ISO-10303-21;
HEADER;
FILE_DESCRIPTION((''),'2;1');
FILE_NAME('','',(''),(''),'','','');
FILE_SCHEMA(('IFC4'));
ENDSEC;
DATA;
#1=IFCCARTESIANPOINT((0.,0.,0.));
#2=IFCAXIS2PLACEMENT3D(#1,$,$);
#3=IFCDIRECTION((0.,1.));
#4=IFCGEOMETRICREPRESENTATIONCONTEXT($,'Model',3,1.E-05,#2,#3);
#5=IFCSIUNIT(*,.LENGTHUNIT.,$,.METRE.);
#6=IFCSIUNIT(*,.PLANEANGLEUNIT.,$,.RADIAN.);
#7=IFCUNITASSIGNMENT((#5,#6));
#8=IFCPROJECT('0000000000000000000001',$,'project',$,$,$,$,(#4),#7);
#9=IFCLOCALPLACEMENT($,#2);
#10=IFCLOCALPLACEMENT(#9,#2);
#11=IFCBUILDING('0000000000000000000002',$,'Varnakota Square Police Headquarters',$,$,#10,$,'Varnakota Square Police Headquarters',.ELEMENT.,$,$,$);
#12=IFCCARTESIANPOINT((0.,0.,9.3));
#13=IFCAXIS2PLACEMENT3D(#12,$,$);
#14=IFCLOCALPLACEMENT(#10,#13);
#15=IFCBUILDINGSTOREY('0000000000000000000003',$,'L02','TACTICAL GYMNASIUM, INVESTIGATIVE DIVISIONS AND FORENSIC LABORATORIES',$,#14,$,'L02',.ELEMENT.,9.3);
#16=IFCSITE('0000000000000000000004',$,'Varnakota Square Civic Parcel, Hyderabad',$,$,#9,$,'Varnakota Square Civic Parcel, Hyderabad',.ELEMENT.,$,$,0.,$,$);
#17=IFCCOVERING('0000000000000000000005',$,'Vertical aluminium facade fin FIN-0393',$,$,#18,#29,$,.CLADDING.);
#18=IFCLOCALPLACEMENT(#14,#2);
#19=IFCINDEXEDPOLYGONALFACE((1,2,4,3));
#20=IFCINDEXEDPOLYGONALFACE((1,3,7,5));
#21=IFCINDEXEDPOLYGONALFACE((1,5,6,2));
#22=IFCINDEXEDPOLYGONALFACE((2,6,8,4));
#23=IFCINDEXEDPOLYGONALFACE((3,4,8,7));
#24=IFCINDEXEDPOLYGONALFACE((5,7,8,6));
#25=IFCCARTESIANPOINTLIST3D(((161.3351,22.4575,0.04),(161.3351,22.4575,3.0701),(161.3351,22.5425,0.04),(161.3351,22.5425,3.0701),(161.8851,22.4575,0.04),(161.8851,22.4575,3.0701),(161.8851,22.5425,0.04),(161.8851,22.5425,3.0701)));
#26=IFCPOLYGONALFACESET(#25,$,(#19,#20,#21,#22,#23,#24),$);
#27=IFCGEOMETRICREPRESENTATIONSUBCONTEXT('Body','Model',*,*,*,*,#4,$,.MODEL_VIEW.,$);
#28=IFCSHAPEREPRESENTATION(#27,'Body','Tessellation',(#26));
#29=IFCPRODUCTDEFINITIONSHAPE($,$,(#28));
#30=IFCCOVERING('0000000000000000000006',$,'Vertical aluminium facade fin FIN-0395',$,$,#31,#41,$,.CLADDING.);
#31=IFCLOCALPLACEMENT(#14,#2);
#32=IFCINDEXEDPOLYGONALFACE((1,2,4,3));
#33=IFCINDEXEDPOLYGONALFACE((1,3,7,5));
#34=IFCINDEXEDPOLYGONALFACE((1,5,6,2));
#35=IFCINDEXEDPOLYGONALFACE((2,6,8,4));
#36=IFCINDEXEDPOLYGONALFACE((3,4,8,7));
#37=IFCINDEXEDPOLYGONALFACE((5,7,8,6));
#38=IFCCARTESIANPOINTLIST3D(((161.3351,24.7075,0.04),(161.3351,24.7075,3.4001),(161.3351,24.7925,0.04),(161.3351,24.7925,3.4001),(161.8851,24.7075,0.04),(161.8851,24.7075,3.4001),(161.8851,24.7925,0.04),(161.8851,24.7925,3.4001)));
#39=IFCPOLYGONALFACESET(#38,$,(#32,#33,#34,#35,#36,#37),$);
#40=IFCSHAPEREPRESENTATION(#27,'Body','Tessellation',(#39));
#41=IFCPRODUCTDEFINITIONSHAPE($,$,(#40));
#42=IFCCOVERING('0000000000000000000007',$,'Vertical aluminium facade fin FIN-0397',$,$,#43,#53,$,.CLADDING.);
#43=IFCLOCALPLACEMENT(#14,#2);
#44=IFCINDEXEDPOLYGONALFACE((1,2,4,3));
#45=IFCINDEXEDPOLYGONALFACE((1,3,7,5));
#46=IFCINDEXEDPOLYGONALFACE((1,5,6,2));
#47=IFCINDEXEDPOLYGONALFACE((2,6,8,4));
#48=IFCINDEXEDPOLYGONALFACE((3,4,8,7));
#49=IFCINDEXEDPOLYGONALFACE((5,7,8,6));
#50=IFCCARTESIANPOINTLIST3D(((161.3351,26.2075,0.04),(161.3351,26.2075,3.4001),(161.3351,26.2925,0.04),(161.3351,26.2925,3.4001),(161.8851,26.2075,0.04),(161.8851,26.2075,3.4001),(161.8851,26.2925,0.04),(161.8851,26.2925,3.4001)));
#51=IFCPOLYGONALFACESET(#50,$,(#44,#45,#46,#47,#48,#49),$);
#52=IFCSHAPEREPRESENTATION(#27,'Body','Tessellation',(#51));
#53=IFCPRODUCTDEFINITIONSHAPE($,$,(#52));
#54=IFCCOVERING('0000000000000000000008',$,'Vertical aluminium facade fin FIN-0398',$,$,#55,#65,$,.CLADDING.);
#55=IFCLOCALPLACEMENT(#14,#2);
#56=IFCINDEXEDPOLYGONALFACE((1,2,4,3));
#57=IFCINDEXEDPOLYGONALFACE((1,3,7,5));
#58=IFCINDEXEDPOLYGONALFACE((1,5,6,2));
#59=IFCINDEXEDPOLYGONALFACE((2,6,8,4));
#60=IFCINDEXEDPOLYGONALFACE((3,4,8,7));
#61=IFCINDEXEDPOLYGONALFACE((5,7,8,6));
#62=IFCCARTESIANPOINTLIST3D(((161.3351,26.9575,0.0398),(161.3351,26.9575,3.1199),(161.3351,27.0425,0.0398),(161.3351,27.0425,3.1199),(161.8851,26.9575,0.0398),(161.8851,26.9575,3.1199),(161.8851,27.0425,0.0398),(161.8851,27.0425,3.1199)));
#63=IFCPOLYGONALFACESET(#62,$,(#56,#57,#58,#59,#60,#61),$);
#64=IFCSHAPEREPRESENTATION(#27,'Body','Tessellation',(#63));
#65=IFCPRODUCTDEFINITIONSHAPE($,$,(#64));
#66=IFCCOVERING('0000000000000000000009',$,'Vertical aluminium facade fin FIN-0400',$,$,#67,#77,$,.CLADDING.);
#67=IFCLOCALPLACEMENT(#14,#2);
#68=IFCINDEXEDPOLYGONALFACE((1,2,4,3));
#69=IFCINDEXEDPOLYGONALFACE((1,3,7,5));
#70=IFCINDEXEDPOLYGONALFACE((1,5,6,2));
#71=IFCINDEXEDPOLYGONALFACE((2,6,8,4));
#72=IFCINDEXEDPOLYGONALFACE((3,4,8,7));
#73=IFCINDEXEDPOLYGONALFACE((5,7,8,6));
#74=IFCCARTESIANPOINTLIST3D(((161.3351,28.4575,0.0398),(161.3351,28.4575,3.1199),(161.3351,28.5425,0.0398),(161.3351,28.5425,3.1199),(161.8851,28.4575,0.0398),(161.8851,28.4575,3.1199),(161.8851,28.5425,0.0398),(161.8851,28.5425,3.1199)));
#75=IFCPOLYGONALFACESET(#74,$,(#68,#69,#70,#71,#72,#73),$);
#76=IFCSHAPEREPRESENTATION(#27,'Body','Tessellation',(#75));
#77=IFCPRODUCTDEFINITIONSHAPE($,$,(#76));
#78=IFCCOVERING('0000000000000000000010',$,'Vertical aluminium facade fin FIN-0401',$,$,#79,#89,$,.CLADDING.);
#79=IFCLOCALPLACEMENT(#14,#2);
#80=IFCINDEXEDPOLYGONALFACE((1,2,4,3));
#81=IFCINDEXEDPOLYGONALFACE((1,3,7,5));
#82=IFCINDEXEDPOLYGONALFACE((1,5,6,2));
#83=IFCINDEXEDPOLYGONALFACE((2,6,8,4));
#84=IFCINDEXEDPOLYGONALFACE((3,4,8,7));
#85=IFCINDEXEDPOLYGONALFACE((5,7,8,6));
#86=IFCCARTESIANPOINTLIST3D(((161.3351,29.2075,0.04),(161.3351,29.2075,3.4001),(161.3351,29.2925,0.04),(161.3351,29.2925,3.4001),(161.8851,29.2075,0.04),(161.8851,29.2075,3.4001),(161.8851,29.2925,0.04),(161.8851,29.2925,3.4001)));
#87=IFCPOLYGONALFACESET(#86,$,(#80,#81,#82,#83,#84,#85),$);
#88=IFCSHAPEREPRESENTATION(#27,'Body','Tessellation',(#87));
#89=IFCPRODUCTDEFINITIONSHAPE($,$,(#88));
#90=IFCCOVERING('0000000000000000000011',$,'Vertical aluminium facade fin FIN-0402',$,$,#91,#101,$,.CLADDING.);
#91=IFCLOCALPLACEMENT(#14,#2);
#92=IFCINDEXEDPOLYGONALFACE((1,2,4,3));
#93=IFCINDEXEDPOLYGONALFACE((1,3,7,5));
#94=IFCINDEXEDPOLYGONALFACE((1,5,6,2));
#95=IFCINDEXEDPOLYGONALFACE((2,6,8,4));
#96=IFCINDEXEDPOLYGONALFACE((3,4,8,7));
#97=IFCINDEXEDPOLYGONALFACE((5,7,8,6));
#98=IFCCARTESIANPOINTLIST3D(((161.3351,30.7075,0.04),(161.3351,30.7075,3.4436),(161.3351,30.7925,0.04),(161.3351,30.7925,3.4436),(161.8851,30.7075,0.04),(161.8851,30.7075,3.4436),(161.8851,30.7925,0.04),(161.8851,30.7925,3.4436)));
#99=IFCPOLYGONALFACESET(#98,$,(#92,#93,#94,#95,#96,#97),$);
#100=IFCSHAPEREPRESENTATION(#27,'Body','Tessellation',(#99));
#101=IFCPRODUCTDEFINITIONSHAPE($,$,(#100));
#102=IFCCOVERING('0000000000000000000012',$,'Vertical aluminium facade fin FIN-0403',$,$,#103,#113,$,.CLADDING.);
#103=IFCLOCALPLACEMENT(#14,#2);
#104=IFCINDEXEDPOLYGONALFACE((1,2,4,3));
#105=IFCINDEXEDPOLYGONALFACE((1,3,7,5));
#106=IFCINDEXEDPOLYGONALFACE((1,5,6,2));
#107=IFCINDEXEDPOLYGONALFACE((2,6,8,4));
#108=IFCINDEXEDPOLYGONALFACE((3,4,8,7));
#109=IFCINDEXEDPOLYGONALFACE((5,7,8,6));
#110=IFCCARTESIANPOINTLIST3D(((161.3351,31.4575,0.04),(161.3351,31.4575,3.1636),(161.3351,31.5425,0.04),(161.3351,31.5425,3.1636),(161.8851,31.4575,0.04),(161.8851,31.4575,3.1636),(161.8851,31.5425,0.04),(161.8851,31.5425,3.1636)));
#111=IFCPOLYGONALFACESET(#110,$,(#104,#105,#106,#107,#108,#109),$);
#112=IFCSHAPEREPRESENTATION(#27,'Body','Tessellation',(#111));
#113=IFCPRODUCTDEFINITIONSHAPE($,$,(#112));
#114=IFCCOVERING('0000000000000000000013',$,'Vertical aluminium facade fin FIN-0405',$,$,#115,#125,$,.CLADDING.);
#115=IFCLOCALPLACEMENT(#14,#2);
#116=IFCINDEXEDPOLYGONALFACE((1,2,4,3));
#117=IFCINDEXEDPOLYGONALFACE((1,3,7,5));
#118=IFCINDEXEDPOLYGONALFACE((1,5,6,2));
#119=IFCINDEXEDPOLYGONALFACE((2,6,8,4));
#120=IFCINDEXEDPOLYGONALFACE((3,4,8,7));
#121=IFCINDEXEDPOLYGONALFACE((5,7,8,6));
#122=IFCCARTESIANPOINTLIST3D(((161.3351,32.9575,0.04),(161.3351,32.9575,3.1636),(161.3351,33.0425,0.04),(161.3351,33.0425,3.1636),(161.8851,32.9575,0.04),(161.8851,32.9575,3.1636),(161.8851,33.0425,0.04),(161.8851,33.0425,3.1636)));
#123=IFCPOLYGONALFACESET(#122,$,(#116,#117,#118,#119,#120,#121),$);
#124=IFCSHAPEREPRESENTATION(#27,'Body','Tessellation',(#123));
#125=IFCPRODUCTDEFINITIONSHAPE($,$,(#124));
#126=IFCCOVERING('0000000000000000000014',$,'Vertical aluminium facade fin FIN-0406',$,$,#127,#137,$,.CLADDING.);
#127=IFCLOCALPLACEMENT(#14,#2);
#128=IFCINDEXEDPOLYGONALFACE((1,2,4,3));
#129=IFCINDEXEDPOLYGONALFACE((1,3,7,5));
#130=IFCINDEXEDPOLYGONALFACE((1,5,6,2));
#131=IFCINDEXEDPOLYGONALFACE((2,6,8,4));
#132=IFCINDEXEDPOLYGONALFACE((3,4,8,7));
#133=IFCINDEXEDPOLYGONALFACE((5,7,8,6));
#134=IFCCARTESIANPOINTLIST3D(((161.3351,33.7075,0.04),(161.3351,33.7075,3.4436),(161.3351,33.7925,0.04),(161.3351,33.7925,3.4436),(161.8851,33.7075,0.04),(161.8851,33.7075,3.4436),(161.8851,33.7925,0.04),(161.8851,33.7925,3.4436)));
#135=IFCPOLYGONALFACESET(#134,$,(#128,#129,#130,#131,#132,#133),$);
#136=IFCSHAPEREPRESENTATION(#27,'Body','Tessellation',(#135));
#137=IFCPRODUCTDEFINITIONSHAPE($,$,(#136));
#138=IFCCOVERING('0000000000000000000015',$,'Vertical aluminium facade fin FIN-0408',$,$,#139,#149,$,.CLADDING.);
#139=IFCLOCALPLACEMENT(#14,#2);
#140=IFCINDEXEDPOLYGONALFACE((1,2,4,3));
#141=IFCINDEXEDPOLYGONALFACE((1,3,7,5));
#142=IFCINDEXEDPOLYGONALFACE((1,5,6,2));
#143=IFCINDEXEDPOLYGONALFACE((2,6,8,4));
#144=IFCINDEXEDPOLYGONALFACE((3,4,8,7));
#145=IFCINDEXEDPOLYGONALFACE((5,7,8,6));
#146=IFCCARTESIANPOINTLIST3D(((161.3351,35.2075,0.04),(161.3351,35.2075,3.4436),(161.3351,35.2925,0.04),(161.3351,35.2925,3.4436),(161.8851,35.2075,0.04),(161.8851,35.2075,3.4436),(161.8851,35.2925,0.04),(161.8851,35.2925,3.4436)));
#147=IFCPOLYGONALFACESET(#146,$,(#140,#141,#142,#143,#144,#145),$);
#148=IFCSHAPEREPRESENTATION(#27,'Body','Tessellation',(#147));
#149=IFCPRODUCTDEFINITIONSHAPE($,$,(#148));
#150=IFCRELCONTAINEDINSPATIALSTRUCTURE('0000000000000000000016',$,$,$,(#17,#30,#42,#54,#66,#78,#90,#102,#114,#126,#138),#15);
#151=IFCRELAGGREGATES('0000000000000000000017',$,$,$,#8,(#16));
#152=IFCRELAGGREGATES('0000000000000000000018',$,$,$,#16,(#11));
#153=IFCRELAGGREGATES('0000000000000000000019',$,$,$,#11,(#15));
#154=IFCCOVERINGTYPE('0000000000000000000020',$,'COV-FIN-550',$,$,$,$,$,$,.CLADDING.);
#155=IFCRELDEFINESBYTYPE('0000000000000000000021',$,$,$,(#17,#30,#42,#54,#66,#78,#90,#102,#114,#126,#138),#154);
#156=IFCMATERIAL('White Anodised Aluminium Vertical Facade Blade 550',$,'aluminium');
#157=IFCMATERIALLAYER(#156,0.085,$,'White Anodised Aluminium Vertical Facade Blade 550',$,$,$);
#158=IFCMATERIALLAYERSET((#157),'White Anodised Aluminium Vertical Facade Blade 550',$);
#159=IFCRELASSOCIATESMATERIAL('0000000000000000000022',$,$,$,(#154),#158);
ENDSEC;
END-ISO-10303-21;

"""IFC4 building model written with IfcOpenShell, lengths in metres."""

from ifc_helpers import new_model, si_unit, direction, frame, origin, origin_2d, place, context, subcontext, project, spatial, rectangle, extrude, material, layer, layer_set, type_object, element, save


model = new_model("IFC4")

# Units and contexts
model_context = context("Model", 3, precision=1e-05, world=origin(), true_north=direction((0.0, 1.0)))
body_context = subcontext(model_context, "Body", "Model", "MODEL_VIEW")
ifc_project = project(units=[si_unit("LENGTHUNIT", "METRE"), si_unit("PLANEANGLEUNIT", "RADIAN")], contexts=[model_context])

# Site, building, storey
site_placement = place(None, origin())
site = spatial("IfcSite", under=ifc_project, at=site_placement, Name="Varnakota Square Civic Parcel, Hyderabad", LongName="Varnakota Square Civic Parcel, Hyderabad", CompositionType="ELEMENT", RefElevation=0.0)
building_placement = place(site_placement, origin())
building = spatial("IfcBuilding", under=site, at=building_placement, Name="Varnakota Square Police Headquarters", LongName="Varnakota Square Police Headquarters", CompositionType="ELEMENT")
storey_placement = place(building_placement, frame((0.0, 0.0, 9.3)))
storey = spatial("IfcBuildingStorey", under=building, at=storey_placement, Name="L02", Description="TACTICAL GYMNASIUM, INVESTIGATIVE DIVISIONS AND FORENSIC LABORATORIES", LongName="L02", CompositionType="ELEMENT", Elevation=9.3)

# Coverings
ifc_material_1 = material(Name="White Anodised Aluminium Vertical Facade Blade 550", Category="aluminium")
ifc_layer_1 = layer(ifc_material_1, 0.085, Name="White Anodised Aluminium Vertical Facade Blade 550")
ifc_layer_set_1 = layer_set([ifc_layer_1], Name="White Anodised Aluminium Vertical Facade Blade 550")
covering_type_1 = type_object("IfcCoveringType", Name="COV-FIN-550", PredefinedType="CLADDING", material=ifc_layer_set_1)
covering_1_placement = place(storey_placement, frame((161.6101, 22.5, 0.04), z_axis=(0.0, 0.0, 1.0), x_axis=(0.0, 1.0, 0.0)))
element("IfcCovering", 1, at=covering_1_placement, inside=storey, type_object=covering_type_1, Name="Vertical aluminium facade fin FIN-0393", PredefinedType="CLADDING", context=body_context, shape_type="SweptSolid", body=[
    extrude(rectangle(XDim=0.085, YDim=0.55, at=origin_2d()), origin(), (0.0, 0.0, 1.0), 3.03),
])
for number, where, z_axis, x_axis, name in (
    (2, (161.6101, 24.75, 0.04), (0.0, 0.0, 1.0), (0.0, 1.0, 0.0), "Vertical aluminium facade fin FIN-0395"),
    (3, (161.6101, 26.25, 0.04), (0.0, 0.0, 1.0), (0.0, 1.0, 0.0), "Vertical aluminium facade fin FIN-0397"),
):
    element("IfcCovering", number, at=place(storey_placement, frame(where, z_axis=z_axis, x_axis=x_axis)), inside=storey, type_object=covering_type_1, Name=name, PredefinedType="CLADDING", context=body_context, shape_type="SweptSolid", body=[
        extrude(rectangle(XDim=0.085, YDim=0.55, at=origin_2d()), origin(), (0.0, 0.0, 1.0), 3.3601),
    ])
for number, where, z_axis, x_axis, name in (
    (4, (161.6101, 27.0, 0.0398), (0.0, 0.0, 1.0), (0.0, 1.0, 0.0), "Vertical aluminium facade fin FIN-0398"),
    (5, (161.6101, 28.5, 0.0398), (0.0, 0.0, 1.0), (0.0, 1.0, 0.0), "Vertical aluminium facade fin FIN-0400"),
):
    element("IfcCovering", number, at=place(storey_placement, frame(where, z_axis=z_axis, x_axis=x_axis)), inside=storey, type_object=covering_type_1, Name=name, PredefinedType="CLADDING", context=body_context, shape_type="SweptSolid", body=[
        extrude(rectangle(XDim=0.085, YDim=0.55, at=origin_2d()), origin(), (0.0, 0.0, 1.0), 3.0801),
    ])
covering_2_placement = place(storey_placement, frame((161.6101, 29.25, 0.04), z_axis=(0.0, 0.0, 1.0), x_axis=(0.0, 1.0, 0.0)))
element("IfcCovering", 6, at=covering_2_placement, inside=storey, type_object=covering_type_1, Name="Vertical aluminium facade fin FIN-0401", PredefinedType="CLADDING", context=body_context, shape_type="SweptSolid", body=[
    extrude(rectangle(XDim=0.085, YDim=0.55, at=origin_2d()), origin(), (0.0, 0.0, 1.0), 3.3601),
])
covering_3_placement = place(storey_placement, frame((161.6101, 30.75, 0.04), z_axis=(0.0, 0.0, 1.0), x_axis=(0.0, 1.0, 0.0)))
element("IfcCovering", 7, at=covering_3_placement, inside=storey, type_object=covering_type_1, Name="Vertical aluminium facade fin FIN-0402", PredefinedType="CLADDING", context=body_context, shape_type="SweptSolid", body=[
    extrude(rectangle(XDim=0.085, YDim=0.55, at=origin_2d()), origin(), (0.0, 0.0, 1.0), 3.4036),
])
for number, where, z_axis, x_axis, name in (
    (8, (161.6101, 31.5, 0.04), (0.0, 0.0, 1.0), (0.0, 1.0, 0.0), "Vertical aluminium facade fin FIN-0403"),
    (9, (161.6101, 33.0, 0.04), (0.0, 0.0, 1.0), (0.0, 1.0, 0.0), "Vertical aluminium facade fin FIN-0405"),
):
    element("IfcCovering", number, at=place(storey_placement, frame(where, z_axis=z_axis, x_axis=x_axis)), inside=storey, type_object=covering_type_1, Name=name, PredefinedType="CLADDING", context=body_context, shape_type="SweptSolid", body=[
        extrude(rectangle(XDim=0.085, YDim=0.55, at=origin_2d()), origin(), (0.0, 0.0, 1.0), 3.1235),
    ])
for number, where, z_axis, x_axis, name in (
    (10, (161.6101, 33.75, 0.04), (0.0, 0.0, 1.0), (0.0, 1.0, 0.0), "Vertical aluminium facade fin FIN-0406"),
    (11, (161.6101, 35.25, 0.04), (0.0, 0.0, 1.0), (0.0, 1.0, 0.0), "Vertical aluminium facade fin FIN-0408"),
):
    element("IfcCovering", number, at=place(storey_placement, frame(where, z_axis=z_axis, x_axis=x_axis)), inside=storey, type_object=covering_type_1, Name=name, PredefinedType="CLADDING", context=body_context, shape_type="SweptSolid", body=[
        extrude(rectangle(XDim=0.085, YDim=0.55, at=origin_2d()), origin(), (0.0, 0.0, 1.0), 3.4036),
    ])

save(model, "model.ifc")
